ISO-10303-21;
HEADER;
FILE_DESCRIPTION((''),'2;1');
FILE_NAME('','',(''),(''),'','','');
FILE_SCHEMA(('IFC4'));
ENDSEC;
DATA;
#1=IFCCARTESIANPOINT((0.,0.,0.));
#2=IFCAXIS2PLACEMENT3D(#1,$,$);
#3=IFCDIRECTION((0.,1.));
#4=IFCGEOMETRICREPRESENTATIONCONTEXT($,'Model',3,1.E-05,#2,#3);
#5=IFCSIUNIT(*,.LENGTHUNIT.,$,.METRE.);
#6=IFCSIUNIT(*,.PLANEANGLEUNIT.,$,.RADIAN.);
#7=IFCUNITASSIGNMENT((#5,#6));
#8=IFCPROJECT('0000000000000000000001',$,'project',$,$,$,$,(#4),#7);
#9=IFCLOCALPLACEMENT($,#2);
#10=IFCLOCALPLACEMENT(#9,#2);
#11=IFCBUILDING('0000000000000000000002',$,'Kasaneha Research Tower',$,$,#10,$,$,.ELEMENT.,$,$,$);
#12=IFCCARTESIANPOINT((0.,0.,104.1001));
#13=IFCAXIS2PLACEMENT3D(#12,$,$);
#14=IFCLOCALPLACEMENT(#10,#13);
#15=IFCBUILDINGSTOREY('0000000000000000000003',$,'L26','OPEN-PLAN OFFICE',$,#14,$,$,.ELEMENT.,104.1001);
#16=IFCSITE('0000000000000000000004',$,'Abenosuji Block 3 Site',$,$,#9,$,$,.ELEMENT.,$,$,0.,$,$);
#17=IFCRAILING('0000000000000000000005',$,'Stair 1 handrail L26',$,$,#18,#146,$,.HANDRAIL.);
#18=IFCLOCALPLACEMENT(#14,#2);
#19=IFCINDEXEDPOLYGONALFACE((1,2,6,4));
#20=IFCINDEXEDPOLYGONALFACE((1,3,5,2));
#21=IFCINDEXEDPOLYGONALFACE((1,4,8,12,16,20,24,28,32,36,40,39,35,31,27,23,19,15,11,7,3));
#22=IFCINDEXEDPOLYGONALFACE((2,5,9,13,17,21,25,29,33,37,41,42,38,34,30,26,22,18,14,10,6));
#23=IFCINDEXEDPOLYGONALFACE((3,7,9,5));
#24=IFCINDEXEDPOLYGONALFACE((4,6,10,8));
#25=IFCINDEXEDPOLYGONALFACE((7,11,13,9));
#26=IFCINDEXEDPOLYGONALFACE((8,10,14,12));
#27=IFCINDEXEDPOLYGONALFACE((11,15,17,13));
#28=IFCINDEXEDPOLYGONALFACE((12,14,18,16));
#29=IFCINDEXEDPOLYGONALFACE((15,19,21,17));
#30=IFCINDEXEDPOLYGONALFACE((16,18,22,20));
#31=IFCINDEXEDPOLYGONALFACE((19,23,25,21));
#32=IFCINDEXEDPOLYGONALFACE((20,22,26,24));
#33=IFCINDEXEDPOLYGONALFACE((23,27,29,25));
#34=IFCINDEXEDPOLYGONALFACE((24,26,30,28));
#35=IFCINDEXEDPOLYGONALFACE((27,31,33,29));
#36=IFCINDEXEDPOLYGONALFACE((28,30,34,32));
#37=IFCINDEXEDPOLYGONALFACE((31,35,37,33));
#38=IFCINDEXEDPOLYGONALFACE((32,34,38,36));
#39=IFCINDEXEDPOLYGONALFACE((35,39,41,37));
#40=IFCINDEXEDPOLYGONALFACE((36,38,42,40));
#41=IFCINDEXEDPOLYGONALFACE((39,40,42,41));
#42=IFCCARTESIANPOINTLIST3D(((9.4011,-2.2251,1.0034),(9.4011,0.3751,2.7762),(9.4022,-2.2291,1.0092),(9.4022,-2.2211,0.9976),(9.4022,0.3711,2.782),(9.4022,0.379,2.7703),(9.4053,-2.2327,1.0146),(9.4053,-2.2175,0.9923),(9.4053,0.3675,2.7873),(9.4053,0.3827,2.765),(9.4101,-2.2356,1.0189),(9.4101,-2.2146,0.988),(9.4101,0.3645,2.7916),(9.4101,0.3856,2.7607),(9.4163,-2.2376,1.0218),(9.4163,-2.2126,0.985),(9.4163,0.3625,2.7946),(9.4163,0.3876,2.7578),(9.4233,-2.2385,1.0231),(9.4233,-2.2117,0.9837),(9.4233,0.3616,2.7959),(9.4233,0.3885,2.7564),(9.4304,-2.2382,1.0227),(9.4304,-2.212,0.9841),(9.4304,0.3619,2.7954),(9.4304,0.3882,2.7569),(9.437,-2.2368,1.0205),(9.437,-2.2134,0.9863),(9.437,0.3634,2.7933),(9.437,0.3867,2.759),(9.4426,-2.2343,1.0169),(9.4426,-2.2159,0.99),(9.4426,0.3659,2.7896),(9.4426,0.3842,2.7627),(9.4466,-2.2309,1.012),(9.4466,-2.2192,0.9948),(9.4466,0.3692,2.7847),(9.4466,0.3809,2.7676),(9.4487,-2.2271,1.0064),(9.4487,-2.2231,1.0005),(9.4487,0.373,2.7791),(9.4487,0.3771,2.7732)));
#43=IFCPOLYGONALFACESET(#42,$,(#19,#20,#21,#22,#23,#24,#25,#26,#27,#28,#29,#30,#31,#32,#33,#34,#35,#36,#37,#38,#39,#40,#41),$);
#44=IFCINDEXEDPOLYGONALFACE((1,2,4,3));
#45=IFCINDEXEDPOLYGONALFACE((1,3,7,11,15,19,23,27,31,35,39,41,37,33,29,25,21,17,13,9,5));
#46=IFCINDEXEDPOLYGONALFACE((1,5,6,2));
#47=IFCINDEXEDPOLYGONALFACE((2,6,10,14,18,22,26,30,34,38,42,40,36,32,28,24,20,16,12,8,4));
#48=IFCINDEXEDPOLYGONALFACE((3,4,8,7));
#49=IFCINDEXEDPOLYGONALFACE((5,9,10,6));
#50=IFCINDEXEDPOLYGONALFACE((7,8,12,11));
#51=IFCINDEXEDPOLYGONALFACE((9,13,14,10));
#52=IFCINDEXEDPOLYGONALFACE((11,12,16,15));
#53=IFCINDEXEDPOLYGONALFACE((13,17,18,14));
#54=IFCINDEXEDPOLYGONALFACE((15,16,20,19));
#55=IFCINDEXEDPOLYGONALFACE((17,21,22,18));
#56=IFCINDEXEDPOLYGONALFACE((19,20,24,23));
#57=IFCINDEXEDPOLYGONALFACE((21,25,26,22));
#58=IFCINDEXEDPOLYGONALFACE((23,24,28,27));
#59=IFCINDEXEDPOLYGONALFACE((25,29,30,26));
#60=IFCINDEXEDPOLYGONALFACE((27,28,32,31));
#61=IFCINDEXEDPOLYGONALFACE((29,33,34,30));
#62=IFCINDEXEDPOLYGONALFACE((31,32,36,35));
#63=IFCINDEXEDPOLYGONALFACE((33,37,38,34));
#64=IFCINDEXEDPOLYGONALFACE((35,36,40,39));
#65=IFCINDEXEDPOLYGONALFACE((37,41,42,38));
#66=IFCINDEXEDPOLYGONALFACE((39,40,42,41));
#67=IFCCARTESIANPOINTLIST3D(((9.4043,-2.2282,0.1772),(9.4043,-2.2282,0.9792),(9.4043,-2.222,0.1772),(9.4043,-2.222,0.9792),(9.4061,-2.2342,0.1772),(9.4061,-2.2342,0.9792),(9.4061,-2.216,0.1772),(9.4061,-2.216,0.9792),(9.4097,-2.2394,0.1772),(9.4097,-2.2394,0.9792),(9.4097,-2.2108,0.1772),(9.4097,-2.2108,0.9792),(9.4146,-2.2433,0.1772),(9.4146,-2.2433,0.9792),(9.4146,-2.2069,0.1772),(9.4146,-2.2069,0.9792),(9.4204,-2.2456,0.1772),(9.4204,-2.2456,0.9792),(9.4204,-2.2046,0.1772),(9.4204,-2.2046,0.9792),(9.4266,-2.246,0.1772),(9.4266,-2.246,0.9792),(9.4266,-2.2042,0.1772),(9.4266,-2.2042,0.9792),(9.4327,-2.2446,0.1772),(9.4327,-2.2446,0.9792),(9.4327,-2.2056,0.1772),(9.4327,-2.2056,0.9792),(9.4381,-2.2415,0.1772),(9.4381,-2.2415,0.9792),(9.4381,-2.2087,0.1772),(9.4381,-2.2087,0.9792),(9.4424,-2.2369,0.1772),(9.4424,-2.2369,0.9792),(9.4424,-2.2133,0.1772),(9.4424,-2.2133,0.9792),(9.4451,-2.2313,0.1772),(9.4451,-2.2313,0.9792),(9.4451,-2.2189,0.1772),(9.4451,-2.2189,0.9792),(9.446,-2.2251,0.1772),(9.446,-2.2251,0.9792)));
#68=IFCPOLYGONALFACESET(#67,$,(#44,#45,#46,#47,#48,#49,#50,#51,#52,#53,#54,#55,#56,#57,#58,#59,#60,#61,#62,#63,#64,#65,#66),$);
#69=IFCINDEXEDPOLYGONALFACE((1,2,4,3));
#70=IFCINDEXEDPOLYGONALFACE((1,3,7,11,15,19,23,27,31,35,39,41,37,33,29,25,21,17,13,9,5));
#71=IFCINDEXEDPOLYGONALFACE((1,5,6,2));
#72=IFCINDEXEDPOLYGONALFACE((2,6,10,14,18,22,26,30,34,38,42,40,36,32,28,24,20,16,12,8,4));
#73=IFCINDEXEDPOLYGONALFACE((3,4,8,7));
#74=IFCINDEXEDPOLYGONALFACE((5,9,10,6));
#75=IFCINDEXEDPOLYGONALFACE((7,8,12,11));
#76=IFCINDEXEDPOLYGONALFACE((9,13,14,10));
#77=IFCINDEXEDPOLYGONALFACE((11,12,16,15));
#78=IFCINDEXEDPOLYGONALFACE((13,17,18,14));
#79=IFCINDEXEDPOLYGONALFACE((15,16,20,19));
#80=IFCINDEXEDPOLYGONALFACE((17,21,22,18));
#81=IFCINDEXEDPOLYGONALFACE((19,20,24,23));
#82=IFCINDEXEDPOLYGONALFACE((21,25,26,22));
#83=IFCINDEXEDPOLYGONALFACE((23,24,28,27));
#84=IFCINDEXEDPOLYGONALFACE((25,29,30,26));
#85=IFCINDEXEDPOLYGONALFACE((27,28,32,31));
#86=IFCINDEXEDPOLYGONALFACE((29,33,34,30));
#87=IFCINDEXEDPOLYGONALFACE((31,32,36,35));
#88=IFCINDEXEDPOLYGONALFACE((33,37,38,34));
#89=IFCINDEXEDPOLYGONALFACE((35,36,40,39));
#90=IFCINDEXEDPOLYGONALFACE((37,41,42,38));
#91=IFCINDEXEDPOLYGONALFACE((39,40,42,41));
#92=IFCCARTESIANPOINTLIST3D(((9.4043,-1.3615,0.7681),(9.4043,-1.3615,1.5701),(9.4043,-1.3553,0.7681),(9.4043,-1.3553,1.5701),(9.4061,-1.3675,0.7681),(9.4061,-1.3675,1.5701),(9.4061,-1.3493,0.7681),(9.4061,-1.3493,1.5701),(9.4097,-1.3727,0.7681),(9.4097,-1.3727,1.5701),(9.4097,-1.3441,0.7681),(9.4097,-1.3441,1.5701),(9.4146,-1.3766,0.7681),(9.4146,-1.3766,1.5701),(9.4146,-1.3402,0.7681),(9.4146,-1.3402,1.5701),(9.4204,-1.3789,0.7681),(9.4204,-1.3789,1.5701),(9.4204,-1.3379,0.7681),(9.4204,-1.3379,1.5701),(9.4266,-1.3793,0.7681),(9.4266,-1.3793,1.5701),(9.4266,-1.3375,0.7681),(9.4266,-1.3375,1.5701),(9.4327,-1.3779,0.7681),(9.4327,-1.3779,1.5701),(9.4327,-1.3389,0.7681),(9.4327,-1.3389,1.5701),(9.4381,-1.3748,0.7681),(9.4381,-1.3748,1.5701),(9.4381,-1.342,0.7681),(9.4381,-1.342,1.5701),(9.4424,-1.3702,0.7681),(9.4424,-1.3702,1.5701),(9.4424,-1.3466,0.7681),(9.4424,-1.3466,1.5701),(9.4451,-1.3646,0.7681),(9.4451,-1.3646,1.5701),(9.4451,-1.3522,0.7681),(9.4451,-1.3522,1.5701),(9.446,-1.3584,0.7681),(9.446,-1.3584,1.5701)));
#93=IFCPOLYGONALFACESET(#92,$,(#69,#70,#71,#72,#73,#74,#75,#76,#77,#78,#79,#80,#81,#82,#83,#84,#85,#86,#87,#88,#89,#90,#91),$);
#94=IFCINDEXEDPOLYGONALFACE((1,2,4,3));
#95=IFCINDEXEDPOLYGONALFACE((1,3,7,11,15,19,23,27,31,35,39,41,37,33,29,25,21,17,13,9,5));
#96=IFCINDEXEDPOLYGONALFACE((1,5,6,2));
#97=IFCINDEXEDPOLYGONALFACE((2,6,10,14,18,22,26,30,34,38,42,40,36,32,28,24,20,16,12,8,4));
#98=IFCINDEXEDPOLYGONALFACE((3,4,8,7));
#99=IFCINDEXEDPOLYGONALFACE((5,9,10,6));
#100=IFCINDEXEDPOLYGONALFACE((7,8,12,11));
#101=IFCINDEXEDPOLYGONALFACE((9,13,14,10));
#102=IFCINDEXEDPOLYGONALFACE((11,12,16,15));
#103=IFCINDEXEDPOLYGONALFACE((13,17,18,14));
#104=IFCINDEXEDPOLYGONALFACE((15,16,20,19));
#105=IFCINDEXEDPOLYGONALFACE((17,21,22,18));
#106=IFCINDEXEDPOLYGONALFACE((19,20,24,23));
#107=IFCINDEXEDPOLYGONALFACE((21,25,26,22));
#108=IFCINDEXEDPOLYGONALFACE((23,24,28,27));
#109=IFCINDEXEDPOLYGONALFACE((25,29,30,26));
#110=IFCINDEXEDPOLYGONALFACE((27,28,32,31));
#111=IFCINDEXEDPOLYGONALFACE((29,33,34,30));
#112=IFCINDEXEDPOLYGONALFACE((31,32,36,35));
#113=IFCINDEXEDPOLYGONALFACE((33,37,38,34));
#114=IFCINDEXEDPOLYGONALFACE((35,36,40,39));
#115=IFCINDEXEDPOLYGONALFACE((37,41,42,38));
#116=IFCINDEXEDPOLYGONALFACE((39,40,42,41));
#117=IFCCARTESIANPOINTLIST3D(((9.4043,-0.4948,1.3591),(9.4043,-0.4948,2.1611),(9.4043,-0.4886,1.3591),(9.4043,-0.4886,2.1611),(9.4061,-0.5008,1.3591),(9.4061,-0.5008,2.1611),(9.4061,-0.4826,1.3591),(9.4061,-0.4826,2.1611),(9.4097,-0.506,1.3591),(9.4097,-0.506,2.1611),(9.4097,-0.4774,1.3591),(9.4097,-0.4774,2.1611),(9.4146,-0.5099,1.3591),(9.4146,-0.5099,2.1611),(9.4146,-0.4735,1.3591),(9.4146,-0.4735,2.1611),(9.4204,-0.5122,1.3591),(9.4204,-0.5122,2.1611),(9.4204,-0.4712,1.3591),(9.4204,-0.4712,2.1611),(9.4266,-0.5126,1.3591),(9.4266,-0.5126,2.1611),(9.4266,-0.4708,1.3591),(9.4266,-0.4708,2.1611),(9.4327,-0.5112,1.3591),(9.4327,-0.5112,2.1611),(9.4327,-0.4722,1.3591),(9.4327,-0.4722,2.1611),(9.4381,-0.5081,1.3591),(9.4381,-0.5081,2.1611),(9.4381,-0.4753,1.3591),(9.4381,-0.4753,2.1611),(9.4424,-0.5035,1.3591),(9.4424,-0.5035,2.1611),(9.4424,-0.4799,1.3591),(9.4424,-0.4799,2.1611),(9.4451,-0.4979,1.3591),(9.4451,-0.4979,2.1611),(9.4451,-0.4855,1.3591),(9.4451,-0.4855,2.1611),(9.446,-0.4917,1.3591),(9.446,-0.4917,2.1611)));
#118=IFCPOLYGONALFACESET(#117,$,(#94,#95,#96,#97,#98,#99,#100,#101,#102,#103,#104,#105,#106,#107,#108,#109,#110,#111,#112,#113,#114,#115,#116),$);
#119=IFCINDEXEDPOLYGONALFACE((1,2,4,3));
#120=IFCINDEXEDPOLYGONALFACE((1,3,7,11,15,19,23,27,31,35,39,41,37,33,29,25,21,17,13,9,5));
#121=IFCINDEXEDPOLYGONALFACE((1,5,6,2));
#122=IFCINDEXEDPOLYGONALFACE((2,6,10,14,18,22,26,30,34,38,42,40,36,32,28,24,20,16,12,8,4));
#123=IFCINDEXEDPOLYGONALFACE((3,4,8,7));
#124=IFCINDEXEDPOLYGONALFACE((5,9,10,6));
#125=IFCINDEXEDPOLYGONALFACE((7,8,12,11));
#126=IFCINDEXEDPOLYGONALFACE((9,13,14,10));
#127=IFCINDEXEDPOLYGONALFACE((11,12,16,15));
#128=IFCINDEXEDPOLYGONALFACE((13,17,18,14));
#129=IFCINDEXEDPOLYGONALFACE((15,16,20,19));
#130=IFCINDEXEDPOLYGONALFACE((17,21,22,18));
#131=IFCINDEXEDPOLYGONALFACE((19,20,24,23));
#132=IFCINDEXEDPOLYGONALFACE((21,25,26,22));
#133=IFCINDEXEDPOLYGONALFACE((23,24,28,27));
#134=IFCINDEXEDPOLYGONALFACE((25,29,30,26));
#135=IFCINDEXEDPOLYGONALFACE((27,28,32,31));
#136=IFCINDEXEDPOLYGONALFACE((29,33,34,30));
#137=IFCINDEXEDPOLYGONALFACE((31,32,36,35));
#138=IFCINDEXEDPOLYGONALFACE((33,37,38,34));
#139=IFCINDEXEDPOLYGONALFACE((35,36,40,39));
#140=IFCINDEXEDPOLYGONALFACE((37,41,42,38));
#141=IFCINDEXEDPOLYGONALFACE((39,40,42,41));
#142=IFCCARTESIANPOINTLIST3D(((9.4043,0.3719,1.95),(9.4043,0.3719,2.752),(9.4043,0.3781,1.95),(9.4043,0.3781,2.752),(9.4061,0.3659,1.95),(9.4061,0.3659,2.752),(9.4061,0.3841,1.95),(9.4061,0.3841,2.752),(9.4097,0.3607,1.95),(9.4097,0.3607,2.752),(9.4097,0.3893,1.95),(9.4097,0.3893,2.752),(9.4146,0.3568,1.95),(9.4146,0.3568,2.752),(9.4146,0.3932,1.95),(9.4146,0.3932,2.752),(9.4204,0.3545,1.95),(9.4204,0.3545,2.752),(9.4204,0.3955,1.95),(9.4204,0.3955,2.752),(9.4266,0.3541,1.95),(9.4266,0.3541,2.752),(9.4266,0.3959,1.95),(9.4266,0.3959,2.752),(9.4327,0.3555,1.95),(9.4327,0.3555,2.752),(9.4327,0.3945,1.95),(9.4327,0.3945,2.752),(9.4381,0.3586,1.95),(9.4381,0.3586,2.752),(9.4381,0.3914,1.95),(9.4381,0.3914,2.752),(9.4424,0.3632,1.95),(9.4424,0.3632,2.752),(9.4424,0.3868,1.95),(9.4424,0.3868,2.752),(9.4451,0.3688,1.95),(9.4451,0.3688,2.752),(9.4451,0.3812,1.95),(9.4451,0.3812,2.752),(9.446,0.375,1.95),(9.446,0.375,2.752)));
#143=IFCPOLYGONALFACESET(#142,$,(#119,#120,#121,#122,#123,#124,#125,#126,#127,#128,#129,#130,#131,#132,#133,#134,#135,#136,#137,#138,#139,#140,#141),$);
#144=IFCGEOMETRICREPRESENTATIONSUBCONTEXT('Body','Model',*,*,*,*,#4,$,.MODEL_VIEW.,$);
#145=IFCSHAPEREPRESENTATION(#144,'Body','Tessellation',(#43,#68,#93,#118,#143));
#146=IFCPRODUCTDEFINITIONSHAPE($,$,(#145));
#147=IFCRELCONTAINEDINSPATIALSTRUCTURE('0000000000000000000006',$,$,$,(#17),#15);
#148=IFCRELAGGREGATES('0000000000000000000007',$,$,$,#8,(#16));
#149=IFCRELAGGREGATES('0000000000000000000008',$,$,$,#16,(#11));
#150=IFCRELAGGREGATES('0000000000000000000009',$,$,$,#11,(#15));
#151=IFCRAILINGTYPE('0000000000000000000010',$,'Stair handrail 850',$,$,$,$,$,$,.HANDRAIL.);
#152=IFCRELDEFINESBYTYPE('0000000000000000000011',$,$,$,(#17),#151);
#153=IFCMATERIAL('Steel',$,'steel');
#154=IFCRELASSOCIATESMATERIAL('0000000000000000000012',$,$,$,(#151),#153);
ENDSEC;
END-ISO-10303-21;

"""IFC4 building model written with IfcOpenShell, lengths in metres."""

from ifc_helpers import new_model, si_unit, direction, frame, origin, origin_2d, place, context, subcontext, project, spatial, circle, extrude, material, type_object, element, save


model = new_model("IFC4")

# Units and contexts
model_context = context("Model", 3, precision=1e-05, world=origin(), true_north=direction((0.0, 1.0)))
body_context = subcontext(model_context, "Body", "Model", "MODEL_VIEW")
ifc_project = project(units=[si_unit("LENGTHUNIT", "METRE"), si_unit("PLANEANGLEUNIT", "RADIAN")], contexts=[model_context])

# Site, building, storey
site_placement = place(None, origin())
site = spatial("IfcSite", under=ifc_project, at=site_placement, Name="Abenosuji Block 3 Site", CompositionType="ELEMENT", RefElevation=0.0)
building_placement = place(site_placement, origin())
building = spatial("IfcBuilding", under=site, at=building_placement, Name="Kasaneha Research Tower", CompositionType="ELEMENT")
storey_placement = place(building_placement, frame((0.0, 0.0, 104.1001)))
storey = spatial("IfcBuildingStorey", under=building, at=storey_placement, Name="L26", Description="OPEN-PLAN OFFICE", CompositionType="ELEMENT", Elevation=104.1001)

# Railing
ifc_material_1 = material(Name="Steel", Category="steel")
railing_type = type_object("IfcRailingType", Name="Stair handrail 850", PredefinedType="HANDRAIL", material=ifc_material_1)
railing_placement = place(storey_placement, frame((9.425, -2.2251, 0.1772)))
element("IfcRailing", 1, at=railing_placement, inside=storey, type_object=railing_type, Name="Stair 1 handrail L26", PredefinedType="HANDRAIL", context=body_context, shape_type="SweptSolid", body=[
    extrude(circle(Radius=0.0239, at=origin_2d()), frame((0.0, 0.0, 0.8262), z_axis=(0.0, 0.82624, 0.563318), x_axis=(-1.0, 0.0, 0.0)), (0.0, 0.0, 1.0), 3.147),
    extrude(circle(Radius=0.021, at=origin_2d()), origin(), (0.0, 0.0, 1.0), 0.802),
    extrude(circle(Radius=0.021, at=origin_2d()), frame((0.0, 0.8667, 0.5908)), (0.0, 0.0, 1.0), 0.802),
    extrude(circle(Radius=0.021, at=origin_2d()), frame((0.0, 1.7334, 1.1819)), (0.0, 0.0, 1.0), 0.802),
    extrude(circle(Radius=0.021, at=origin_2d()), frame((0.0, 2.6001, 1.7727)), (0.0, 0.0, 1.0), 0.802),
])

save(model, "model.ifc")
